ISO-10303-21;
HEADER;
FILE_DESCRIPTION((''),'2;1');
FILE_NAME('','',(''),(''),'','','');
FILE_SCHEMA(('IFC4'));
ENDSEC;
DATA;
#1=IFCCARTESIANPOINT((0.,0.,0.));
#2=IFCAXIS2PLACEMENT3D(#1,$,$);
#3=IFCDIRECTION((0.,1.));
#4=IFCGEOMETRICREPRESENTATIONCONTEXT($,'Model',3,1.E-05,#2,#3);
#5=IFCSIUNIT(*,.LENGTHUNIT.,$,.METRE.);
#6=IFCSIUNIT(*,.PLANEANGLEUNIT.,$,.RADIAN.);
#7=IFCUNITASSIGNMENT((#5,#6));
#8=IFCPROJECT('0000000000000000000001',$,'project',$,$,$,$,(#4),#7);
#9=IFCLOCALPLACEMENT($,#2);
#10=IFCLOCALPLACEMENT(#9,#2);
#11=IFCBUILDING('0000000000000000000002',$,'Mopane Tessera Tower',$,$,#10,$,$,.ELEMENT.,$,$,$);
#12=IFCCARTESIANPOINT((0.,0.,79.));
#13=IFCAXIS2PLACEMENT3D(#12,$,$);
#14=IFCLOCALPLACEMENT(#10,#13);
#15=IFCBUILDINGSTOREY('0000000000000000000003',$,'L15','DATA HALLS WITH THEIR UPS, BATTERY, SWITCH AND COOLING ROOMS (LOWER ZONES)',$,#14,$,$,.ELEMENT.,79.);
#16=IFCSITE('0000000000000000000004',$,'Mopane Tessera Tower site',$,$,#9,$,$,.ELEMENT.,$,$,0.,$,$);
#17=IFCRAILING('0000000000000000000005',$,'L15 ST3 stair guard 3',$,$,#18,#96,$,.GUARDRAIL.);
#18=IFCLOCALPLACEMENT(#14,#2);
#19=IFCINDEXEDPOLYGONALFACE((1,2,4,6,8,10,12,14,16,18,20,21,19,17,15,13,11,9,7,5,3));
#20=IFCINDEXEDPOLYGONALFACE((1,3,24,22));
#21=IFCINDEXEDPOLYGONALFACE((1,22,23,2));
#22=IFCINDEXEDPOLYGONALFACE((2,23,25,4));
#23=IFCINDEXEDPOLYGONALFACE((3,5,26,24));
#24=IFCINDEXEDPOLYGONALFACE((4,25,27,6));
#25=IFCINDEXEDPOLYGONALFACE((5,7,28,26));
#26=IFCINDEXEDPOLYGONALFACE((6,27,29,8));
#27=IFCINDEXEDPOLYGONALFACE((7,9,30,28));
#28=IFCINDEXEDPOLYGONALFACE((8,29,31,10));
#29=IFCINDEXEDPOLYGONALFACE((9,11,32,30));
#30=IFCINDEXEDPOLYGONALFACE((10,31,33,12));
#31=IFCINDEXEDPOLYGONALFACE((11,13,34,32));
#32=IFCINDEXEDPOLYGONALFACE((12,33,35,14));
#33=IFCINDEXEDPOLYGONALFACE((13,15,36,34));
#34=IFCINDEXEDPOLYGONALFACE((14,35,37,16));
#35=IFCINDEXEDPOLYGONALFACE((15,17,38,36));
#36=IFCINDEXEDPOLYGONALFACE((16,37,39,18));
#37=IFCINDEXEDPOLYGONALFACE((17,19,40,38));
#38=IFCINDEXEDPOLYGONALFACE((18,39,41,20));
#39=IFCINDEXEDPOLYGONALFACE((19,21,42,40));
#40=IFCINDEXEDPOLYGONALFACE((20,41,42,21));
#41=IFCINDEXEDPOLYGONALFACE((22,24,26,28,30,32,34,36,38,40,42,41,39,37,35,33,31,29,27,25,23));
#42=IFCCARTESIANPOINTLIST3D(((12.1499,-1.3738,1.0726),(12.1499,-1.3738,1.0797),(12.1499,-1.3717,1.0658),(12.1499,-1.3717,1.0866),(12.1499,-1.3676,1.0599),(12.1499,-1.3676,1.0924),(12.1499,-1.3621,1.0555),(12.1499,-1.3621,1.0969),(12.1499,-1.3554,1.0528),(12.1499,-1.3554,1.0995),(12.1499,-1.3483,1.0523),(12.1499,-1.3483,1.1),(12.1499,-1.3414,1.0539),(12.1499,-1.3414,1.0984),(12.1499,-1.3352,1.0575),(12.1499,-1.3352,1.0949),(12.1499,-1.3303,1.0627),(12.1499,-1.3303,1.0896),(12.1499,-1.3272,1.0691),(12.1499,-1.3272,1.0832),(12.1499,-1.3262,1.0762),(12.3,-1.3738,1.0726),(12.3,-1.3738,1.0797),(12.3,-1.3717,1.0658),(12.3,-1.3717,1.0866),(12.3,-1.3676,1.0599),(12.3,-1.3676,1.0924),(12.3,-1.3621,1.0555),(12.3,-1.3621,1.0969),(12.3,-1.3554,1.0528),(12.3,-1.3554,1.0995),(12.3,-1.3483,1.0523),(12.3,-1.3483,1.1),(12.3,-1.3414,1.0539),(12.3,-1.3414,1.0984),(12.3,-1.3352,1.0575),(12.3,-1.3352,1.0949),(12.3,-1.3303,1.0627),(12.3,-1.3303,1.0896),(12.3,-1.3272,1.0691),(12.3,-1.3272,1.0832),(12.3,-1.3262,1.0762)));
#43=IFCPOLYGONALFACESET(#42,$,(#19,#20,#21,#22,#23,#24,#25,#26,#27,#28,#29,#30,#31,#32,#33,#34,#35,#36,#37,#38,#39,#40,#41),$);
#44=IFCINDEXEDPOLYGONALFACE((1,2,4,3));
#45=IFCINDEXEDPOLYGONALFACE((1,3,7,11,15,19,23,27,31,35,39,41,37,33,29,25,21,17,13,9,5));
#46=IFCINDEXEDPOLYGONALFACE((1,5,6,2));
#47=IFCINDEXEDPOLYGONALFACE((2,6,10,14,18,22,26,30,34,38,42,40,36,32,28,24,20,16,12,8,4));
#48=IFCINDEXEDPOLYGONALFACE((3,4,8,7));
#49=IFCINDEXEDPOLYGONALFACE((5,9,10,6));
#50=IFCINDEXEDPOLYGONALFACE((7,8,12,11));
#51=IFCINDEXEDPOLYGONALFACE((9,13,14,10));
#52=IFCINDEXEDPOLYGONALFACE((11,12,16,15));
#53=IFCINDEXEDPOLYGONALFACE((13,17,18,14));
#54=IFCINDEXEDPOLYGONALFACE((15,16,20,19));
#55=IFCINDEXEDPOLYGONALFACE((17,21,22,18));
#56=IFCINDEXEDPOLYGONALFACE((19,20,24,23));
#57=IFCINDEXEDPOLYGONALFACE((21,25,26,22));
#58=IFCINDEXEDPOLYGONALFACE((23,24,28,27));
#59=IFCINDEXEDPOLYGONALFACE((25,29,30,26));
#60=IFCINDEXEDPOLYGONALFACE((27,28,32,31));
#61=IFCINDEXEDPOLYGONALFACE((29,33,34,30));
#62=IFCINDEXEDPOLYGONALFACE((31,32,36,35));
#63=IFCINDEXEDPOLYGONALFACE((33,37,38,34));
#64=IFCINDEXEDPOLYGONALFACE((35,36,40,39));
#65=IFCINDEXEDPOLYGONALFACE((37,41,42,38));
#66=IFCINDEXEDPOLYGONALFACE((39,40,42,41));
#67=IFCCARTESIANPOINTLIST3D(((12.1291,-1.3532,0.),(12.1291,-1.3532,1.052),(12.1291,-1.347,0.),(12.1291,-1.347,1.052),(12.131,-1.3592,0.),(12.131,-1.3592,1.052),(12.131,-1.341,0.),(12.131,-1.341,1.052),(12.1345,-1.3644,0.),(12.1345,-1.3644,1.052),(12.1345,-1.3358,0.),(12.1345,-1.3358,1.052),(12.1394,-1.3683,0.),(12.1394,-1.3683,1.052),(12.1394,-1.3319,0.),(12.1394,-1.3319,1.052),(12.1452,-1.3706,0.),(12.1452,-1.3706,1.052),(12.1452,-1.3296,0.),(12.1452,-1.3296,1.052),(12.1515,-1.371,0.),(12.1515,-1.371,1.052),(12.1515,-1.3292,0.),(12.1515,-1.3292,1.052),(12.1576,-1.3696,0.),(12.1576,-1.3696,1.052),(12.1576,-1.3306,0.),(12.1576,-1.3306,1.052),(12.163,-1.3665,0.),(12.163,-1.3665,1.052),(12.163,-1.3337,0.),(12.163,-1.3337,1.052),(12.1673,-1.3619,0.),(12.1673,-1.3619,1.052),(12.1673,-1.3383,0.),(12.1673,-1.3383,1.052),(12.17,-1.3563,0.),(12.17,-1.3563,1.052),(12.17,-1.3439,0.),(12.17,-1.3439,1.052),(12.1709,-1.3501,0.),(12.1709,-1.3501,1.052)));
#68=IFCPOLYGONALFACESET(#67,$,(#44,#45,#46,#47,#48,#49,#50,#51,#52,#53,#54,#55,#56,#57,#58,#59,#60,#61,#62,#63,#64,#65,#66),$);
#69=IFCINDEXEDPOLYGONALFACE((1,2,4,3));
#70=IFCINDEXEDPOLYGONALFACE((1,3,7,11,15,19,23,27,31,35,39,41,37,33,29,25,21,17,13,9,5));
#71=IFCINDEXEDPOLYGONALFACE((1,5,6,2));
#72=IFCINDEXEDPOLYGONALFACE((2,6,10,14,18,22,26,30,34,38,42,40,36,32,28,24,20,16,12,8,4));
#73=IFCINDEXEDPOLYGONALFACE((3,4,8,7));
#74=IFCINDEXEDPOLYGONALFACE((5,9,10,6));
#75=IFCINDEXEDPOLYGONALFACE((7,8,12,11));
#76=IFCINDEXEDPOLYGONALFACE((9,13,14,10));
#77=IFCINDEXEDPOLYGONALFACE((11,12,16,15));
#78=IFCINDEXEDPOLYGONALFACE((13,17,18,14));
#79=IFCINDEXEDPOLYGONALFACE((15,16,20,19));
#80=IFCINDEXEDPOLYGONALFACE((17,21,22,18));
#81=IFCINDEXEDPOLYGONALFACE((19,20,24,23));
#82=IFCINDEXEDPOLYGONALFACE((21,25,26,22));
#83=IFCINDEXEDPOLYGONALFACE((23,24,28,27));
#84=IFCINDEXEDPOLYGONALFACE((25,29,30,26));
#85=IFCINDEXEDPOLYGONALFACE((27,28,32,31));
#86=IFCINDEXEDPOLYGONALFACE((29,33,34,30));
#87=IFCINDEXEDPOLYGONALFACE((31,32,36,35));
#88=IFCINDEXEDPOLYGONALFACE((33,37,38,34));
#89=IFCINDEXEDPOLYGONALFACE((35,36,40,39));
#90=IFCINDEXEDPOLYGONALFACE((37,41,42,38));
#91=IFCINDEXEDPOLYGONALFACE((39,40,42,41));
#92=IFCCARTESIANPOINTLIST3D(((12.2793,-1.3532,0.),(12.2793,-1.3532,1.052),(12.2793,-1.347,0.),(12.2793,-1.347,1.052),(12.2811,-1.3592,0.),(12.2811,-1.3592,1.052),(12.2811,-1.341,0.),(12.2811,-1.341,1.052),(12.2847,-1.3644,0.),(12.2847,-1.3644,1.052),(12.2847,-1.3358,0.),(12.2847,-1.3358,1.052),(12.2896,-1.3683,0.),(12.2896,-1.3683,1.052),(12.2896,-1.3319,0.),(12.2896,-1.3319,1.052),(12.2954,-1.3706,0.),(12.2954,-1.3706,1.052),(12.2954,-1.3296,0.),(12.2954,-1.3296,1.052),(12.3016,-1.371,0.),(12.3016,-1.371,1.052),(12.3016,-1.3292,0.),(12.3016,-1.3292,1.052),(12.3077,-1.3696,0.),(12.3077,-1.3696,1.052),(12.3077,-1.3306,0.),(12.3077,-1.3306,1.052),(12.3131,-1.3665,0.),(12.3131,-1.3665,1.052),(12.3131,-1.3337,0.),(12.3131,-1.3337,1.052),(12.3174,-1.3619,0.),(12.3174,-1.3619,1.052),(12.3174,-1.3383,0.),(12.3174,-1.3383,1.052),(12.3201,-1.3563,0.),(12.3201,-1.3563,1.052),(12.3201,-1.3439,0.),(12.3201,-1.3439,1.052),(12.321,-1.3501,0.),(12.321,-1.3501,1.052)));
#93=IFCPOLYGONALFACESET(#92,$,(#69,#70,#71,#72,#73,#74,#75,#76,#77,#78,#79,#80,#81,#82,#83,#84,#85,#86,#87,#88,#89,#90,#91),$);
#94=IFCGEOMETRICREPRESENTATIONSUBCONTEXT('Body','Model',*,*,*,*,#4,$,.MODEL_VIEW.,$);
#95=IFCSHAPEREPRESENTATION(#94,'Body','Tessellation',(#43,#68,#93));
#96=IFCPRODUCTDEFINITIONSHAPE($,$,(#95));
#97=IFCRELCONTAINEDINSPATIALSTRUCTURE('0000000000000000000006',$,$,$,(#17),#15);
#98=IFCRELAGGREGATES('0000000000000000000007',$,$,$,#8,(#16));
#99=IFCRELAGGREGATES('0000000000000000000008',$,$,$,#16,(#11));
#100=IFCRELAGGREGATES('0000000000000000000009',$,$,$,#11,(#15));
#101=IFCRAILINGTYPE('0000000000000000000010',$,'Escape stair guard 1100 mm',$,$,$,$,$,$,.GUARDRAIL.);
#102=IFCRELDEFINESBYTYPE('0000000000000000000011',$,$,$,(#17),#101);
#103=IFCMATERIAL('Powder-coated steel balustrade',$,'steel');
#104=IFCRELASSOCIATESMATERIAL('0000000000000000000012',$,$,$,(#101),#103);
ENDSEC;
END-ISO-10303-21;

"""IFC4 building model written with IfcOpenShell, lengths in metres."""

from ifc_helpers import new_model, si_unit, direction, frame, origin, origin_2d, place, context, subcontext, project, spatial, circle, extrude, material, type_object, element, save


model = new_model("IFC4")

# Units and contexts
model_context = context("Model", 3, precision=1e-05, world=origin(), true_north=direction((0.0, 1.0)))
body_context = subcontext(model_context, "Body", "Model", "MODEL_VIEW")
ifc_project = project(units=[si_unit("LENGTHUNIT", "METRE"), si_unit("PLANEANGLEUNIT", "RADIAN")], contexts=[model_context])

# Site, building, storey
site_placement = place(None, origin())
site = spatial("IfcSite", under=ifc_project, at=site_placement, Name="Mopane Tessera Tower site", CompositionType="ELEMENT", RefElevation=0.0)
building_placement = place(site_placement, origin())
building = spatial("IfcBuilding", under=site, at=building_placement, Name="Mopane Tessera Tower", CompositionType="ELEMENT")
storey_placement = place(building_placement, frame((0.0, 0.0, 79.0)))
storey = spatial("IfcBuildingStorey", under=building, at=storey_placement, Name="L15", Description="DATA HALLS WITH THEIR UPS, BATTERY, SWITCH AND COOLING ROOMS (LOWER ZONES)", CompositionType="ELEMENT", Elevation=79.0)

# Railing
ifc_material_1 = material(Name="Powder-coated steel balustrade", Category="steel")
railing_type_1 = type_object("IfcRailingType", Name="Escape stair guard 1100 mm", PredefinedType="GUARDRAIL", material=ifc_material_1)
railing_1_placement = place(storey_placement, frame((12.1499, -1.3501, 0.0)))
element("IfcRailing", 1, at=railing_1_placement, inside=storey, type_object=railing_type_1, Name="L15 ST3 stair guard 3", PredefinedType="GUARDRAIL", context=body_context, shape_type="SweptSolid", body=[
    extrude(circle(Radius=0.0239, at=origin_2d()), frame((0.0, 0.0, 1.0762), z_axis=(1.0, 0.0, 0.0), x_axis=(0.0, 1.0, 0.0)), (0.0, 0.0, 1.0), 0.1501),
    extrude(circle(Radius=0.021, at=origin_2d()), origin(), (0.0, 0.0, 1.0), 1.052),
    extrude(circle(Radius=0.021, at=origin_2d()), frame((0.1501, 0.0, 0.0)), (0.0, 0.0, 1.0), 1.052),
])

save(model, "model.ifc")
